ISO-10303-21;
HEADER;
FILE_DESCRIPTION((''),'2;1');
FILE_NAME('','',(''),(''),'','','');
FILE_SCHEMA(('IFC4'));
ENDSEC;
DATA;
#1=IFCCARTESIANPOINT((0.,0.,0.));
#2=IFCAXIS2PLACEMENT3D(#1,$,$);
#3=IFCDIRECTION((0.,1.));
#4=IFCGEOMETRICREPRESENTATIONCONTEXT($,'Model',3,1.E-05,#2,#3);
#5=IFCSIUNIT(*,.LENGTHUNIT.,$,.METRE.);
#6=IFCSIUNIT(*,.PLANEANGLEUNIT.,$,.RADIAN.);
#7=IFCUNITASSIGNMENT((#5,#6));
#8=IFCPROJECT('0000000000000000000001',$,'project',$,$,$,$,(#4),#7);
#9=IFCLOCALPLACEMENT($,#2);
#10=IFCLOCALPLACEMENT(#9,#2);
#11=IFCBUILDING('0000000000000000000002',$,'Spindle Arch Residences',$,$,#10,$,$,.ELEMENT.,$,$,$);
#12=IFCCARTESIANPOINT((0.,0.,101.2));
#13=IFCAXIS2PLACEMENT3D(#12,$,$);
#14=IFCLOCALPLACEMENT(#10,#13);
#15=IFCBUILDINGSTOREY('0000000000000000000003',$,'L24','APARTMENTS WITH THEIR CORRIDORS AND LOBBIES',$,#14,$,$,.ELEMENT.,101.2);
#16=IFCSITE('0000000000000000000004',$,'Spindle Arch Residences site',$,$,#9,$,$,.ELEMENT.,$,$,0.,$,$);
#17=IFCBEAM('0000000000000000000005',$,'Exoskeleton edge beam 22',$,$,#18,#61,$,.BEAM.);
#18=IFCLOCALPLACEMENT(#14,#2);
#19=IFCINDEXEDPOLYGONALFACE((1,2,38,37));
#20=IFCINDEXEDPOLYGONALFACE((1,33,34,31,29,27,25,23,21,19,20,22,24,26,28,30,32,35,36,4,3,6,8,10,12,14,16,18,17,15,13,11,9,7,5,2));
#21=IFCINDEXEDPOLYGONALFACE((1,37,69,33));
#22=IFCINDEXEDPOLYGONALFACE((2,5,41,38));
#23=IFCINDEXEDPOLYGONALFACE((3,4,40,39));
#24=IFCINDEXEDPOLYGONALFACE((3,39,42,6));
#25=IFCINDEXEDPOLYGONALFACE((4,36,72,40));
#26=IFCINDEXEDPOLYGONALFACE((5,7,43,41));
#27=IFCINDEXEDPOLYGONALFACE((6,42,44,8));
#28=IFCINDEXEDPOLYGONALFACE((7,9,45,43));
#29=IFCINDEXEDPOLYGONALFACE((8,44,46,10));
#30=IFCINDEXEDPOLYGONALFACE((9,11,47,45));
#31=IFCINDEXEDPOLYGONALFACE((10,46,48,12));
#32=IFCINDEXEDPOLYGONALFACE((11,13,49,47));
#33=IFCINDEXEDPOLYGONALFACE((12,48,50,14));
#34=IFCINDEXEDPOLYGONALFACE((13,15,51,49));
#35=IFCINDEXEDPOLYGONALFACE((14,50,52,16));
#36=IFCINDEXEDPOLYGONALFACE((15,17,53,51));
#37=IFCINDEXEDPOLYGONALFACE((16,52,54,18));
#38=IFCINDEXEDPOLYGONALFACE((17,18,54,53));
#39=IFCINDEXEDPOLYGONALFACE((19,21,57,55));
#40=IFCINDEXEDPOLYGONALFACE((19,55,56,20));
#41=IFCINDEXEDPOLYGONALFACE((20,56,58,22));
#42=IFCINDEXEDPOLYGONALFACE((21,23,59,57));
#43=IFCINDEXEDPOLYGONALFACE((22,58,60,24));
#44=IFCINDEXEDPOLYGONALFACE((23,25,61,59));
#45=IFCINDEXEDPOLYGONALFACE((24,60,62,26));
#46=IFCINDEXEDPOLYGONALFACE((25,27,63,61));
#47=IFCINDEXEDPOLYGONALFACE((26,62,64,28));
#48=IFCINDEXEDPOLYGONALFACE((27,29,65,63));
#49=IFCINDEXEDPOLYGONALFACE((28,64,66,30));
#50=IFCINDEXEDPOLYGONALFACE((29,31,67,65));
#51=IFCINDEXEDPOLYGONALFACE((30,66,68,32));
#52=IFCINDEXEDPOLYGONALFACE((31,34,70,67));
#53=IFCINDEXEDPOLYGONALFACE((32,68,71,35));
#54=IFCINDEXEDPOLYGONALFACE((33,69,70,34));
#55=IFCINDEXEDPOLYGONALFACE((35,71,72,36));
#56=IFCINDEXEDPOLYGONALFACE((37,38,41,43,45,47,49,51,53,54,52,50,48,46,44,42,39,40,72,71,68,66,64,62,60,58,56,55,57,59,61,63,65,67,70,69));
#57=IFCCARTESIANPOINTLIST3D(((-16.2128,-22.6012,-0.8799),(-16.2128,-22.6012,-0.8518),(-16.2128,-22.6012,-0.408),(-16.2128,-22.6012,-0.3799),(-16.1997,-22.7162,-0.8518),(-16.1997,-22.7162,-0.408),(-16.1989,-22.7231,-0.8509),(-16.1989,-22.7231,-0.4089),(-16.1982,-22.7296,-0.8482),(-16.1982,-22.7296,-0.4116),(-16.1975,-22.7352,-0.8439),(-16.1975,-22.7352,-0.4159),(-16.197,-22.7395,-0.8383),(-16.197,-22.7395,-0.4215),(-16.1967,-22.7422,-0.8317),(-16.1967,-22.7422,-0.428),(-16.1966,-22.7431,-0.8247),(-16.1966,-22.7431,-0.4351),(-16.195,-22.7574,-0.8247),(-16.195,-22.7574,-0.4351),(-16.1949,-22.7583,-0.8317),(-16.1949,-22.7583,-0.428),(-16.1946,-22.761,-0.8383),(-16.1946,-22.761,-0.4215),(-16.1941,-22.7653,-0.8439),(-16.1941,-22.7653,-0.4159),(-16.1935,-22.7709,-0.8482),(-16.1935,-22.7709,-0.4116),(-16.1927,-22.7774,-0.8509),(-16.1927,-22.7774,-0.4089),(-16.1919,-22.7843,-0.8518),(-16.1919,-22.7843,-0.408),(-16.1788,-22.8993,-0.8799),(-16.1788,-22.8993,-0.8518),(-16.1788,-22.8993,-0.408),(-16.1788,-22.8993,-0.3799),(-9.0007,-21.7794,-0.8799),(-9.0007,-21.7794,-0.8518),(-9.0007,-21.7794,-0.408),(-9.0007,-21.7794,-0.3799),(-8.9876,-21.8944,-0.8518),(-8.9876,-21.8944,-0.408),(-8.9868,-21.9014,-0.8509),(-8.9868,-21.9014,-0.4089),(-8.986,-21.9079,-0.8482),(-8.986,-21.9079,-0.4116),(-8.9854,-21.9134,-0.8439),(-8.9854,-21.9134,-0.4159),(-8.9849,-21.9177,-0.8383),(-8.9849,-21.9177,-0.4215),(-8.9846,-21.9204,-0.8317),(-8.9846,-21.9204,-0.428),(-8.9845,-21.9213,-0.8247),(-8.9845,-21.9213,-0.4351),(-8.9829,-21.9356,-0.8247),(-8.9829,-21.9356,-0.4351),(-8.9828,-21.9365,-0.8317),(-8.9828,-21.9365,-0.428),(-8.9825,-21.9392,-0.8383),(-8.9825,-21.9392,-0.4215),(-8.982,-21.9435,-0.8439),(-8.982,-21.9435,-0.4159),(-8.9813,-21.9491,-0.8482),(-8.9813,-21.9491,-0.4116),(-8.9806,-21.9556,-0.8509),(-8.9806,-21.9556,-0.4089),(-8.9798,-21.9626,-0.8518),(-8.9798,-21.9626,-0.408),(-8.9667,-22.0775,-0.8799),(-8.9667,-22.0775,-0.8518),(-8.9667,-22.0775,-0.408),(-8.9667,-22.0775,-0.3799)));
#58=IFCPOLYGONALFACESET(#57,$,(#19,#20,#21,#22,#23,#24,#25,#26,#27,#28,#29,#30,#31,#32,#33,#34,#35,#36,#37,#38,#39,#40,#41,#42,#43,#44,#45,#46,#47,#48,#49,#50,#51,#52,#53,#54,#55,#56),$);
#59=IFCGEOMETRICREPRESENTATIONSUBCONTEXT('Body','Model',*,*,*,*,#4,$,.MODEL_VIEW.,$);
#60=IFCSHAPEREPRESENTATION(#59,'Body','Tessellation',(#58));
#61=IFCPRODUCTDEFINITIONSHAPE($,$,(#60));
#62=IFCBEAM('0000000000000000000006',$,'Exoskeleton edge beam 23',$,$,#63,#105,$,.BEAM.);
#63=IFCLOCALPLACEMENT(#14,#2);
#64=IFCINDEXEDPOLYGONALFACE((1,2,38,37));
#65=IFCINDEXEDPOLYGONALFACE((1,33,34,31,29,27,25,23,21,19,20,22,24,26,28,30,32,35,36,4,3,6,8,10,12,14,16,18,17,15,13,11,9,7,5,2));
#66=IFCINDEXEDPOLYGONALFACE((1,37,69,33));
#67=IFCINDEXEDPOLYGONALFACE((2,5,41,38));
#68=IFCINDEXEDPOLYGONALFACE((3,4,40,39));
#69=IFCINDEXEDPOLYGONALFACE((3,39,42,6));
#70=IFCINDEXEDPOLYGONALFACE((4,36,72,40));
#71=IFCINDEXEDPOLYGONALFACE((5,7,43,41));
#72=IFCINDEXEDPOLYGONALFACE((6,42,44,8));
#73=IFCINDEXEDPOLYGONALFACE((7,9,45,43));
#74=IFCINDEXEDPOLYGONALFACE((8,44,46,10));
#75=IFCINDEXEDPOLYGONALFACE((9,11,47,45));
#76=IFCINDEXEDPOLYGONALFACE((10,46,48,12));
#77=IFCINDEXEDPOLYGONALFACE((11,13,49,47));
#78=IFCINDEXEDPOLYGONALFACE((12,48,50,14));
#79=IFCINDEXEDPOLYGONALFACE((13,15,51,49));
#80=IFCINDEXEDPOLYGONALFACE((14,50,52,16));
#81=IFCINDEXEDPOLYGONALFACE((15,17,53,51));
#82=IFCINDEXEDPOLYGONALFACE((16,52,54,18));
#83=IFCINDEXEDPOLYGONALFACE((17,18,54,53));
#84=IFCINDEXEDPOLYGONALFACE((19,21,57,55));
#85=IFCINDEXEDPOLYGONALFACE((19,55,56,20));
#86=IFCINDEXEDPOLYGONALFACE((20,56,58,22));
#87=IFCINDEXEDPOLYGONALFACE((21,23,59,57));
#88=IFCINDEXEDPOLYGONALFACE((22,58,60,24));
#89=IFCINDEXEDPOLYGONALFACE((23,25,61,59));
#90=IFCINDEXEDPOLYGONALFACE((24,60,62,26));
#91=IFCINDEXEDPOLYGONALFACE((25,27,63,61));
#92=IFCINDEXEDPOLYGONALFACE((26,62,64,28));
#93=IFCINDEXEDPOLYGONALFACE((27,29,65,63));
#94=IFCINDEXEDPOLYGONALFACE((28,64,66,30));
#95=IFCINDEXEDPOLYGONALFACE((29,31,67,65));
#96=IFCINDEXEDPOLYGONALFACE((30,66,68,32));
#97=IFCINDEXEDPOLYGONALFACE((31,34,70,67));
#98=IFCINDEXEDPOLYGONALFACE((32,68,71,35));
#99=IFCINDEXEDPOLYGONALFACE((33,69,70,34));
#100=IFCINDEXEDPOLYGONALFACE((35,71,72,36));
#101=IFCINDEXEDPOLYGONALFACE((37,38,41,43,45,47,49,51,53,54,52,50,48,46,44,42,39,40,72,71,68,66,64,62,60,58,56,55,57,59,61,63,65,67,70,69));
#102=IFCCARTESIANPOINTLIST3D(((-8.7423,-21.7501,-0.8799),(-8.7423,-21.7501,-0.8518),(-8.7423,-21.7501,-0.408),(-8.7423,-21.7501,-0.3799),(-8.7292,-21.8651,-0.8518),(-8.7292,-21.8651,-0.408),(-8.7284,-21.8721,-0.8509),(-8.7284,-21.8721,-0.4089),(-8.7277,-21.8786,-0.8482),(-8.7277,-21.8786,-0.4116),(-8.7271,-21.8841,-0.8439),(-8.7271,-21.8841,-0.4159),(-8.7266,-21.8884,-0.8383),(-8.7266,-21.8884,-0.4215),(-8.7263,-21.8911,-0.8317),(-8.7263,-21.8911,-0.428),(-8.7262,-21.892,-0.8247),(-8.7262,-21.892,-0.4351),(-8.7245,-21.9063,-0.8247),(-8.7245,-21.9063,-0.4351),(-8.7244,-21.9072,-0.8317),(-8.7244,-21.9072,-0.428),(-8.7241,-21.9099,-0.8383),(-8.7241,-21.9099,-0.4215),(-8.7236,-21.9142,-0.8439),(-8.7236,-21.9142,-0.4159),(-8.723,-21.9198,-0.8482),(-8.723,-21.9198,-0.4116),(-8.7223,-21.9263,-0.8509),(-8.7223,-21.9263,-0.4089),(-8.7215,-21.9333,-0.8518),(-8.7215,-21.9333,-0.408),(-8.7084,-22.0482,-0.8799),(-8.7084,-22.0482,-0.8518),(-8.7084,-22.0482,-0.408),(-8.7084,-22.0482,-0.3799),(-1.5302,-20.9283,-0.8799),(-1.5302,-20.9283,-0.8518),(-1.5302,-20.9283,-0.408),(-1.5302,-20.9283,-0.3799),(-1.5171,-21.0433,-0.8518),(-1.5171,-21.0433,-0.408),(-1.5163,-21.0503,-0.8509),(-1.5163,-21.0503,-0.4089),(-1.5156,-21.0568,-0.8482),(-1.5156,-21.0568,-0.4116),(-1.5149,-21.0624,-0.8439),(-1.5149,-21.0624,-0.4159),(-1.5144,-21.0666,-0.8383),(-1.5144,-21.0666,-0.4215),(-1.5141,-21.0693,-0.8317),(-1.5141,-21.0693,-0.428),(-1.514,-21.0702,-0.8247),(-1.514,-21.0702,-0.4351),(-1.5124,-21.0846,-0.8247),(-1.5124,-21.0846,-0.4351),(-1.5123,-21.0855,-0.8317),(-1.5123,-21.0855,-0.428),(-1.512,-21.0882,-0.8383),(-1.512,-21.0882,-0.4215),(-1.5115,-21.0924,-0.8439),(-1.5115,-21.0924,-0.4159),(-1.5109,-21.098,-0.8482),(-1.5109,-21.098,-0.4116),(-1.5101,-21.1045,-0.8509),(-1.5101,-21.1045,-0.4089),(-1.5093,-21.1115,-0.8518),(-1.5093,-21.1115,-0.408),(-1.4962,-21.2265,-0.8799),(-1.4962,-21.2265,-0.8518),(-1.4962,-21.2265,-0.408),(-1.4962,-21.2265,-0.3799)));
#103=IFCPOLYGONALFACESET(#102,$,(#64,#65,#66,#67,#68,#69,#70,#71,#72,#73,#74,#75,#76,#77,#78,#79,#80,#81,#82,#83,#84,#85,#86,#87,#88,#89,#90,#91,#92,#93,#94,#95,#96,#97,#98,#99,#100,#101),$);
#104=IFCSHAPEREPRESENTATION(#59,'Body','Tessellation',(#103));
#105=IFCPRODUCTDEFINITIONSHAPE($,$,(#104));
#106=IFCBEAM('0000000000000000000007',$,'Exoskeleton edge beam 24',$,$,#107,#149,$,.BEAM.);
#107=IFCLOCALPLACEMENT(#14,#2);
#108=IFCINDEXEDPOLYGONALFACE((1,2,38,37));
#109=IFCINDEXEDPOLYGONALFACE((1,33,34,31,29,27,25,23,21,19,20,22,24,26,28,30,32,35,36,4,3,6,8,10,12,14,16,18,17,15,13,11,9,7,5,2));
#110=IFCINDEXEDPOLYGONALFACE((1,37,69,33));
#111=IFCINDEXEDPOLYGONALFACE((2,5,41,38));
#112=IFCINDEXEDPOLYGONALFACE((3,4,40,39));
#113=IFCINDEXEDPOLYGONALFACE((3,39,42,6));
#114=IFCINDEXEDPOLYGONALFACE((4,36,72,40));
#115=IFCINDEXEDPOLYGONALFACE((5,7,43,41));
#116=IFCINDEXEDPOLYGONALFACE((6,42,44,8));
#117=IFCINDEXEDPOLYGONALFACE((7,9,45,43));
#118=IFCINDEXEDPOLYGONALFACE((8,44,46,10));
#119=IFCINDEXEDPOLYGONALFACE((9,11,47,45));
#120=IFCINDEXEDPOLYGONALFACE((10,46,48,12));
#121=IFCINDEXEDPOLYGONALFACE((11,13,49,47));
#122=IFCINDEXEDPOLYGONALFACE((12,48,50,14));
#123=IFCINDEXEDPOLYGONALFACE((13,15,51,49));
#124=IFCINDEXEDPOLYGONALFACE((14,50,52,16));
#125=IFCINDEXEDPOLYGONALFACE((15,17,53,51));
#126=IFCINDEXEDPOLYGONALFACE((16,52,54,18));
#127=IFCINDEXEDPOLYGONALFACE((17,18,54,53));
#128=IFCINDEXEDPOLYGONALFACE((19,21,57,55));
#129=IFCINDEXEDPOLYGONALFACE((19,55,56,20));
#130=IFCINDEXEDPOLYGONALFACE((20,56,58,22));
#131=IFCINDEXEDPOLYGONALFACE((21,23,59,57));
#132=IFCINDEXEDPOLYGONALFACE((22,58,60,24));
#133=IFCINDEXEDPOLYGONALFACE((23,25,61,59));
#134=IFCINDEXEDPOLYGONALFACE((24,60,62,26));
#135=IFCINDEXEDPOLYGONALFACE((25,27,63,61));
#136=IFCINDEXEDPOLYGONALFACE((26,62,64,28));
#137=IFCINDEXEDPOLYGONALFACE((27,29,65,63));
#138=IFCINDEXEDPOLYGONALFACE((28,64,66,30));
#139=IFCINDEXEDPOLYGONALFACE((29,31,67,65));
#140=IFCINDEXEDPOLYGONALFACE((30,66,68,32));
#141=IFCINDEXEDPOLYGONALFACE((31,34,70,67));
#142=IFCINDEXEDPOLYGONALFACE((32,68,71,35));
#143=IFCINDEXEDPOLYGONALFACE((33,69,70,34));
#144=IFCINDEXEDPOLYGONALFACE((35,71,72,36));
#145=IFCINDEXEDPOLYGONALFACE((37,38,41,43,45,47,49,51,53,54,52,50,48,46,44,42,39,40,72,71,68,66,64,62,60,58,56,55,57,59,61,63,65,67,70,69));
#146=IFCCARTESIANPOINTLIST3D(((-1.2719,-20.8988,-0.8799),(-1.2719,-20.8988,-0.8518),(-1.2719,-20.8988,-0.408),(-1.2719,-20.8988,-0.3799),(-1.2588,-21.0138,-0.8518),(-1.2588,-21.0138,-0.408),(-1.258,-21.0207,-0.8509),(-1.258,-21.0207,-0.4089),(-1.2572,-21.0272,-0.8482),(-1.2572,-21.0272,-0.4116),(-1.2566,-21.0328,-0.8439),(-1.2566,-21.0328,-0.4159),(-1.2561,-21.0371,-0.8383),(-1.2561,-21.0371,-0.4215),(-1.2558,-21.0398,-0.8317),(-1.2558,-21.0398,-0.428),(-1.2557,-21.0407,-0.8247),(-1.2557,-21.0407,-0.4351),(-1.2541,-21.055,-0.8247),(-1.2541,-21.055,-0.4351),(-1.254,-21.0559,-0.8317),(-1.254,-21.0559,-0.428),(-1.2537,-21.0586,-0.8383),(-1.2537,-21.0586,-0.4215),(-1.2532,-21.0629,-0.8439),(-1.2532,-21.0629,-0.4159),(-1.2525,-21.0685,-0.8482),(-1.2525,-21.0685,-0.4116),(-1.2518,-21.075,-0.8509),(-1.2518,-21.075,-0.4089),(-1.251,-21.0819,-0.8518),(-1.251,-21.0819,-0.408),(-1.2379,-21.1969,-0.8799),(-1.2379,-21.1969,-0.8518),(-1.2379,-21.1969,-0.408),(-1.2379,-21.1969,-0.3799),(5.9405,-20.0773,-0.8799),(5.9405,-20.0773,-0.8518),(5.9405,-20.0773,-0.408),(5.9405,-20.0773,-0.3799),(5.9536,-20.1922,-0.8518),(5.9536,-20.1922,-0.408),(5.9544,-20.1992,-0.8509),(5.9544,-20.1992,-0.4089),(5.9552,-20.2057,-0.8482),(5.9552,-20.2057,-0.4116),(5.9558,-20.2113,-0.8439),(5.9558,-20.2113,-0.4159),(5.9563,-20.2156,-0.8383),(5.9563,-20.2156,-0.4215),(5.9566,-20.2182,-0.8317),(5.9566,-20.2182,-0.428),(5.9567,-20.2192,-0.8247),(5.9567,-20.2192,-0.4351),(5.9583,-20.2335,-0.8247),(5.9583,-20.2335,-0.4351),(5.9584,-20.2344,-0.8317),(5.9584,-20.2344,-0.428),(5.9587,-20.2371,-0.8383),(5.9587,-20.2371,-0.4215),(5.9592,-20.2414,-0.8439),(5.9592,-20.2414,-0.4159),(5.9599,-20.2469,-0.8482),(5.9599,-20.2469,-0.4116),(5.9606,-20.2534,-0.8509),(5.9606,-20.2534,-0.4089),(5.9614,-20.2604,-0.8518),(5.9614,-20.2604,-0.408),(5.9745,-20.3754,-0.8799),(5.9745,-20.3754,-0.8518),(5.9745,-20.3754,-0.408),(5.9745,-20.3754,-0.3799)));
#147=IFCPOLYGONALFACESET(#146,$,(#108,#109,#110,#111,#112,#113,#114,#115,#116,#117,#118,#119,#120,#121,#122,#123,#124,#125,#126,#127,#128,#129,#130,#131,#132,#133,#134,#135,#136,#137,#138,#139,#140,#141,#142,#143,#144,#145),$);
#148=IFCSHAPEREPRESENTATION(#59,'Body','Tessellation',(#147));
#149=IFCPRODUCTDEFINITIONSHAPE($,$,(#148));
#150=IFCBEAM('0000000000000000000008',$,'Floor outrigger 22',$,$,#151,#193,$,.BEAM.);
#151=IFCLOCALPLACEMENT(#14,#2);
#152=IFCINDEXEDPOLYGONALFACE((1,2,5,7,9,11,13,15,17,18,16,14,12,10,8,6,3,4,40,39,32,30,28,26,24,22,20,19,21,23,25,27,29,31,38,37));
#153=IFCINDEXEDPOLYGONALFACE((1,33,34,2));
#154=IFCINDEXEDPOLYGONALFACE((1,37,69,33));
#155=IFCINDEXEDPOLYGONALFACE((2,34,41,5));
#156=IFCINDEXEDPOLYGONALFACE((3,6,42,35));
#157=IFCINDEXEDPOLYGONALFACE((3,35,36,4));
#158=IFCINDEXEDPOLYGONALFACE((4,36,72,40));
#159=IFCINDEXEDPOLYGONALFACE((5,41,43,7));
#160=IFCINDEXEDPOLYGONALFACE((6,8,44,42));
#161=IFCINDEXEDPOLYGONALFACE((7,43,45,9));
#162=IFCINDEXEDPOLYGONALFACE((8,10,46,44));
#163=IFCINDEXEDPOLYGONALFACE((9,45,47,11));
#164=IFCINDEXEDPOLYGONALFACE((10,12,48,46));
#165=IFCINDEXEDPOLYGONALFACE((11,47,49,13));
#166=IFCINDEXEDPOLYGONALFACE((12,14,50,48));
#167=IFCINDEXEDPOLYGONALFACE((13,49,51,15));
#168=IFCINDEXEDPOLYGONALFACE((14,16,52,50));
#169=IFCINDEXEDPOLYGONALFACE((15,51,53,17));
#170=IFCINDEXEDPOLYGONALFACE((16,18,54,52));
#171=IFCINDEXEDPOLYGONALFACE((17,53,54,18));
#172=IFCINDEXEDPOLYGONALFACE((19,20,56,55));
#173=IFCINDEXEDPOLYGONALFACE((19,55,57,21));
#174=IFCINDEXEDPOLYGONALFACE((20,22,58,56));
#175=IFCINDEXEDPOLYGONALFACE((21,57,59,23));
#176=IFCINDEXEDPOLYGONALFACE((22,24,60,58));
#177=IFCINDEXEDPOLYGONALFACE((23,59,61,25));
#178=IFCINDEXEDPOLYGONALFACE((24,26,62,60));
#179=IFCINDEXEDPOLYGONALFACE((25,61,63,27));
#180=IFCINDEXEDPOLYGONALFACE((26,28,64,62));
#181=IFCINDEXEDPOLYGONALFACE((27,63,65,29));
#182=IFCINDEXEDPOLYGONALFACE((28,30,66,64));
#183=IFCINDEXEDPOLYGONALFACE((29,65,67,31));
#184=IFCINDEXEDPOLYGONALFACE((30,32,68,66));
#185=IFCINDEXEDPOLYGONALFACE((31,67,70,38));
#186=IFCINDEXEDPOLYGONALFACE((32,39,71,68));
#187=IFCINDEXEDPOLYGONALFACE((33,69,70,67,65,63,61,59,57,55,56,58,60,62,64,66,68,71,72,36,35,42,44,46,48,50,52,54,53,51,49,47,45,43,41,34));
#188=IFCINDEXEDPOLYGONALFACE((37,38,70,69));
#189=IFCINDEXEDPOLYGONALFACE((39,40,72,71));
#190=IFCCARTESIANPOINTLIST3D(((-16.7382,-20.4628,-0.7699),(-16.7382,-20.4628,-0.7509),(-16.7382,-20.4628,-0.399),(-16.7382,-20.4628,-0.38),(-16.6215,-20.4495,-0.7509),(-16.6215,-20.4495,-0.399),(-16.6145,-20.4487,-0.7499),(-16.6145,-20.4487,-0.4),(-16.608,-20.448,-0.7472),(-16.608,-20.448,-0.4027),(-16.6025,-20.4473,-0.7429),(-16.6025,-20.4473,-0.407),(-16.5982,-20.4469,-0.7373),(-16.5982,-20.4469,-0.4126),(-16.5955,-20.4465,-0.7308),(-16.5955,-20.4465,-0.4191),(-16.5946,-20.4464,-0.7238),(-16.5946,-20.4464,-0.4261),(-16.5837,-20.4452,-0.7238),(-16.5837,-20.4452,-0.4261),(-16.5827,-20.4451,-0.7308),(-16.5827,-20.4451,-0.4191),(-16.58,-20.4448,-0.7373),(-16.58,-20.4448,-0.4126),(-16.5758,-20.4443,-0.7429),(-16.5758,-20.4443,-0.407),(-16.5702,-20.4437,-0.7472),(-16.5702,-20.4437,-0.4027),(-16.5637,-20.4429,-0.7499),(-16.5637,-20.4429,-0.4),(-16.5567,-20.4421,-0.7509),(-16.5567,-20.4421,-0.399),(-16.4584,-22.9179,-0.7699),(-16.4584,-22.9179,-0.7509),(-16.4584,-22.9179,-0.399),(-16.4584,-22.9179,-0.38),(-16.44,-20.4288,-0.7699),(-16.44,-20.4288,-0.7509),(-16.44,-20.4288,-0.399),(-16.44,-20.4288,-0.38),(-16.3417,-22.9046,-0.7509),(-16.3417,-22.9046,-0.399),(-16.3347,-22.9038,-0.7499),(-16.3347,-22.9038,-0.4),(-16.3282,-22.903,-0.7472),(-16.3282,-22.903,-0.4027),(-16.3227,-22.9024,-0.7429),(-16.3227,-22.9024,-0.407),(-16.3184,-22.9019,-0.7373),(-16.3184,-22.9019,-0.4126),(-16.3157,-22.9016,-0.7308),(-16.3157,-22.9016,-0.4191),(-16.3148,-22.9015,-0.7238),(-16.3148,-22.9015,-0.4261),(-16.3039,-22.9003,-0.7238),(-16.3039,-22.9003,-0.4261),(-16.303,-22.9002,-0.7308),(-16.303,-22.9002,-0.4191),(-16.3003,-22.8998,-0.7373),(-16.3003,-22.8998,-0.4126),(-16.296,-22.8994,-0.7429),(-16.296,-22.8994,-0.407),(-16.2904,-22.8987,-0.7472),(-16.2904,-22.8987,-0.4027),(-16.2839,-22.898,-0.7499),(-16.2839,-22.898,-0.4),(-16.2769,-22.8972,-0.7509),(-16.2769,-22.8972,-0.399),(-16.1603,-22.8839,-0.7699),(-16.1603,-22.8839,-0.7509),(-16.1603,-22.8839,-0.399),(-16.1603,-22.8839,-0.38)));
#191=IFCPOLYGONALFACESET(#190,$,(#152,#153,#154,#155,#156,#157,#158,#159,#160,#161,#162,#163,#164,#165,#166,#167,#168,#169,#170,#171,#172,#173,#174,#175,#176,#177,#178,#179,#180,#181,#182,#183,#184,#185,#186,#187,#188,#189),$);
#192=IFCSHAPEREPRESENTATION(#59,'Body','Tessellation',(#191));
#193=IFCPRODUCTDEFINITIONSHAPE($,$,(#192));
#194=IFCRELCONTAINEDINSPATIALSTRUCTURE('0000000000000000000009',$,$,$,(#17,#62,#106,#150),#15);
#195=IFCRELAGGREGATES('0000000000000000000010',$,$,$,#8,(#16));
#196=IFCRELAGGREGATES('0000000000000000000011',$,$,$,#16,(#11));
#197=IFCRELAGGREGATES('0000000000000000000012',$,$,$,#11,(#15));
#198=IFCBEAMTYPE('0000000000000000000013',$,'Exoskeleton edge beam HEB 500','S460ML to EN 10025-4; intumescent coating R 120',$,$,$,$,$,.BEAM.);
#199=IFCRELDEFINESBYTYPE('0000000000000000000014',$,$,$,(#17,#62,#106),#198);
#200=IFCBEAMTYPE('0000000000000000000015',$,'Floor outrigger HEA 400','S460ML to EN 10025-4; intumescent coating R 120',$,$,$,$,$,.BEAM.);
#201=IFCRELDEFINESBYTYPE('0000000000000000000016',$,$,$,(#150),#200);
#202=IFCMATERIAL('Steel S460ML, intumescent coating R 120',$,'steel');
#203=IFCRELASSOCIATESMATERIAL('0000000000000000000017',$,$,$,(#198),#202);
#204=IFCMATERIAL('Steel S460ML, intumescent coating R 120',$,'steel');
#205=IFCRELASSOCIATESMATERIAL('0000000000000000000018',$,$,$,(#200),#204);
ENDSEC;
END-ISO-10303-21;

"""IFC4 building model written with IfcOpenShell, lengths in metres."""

from ifc_helpers import new_model, si_unit, direction, frame, origin, origin_2d, place, context, subcontext, project, spatial, i_section, extrude, material, material_profile, profile_set, type_object, element, save


model = new_model("IFC4")

# Units and contexts
model_context = context("Model", 3, precision=1e-05, world=origin(), true_north=direction((0.0, 1.0)))
body_context = subcontext(model_context, "Body", "Model", "MODEL_VIEW")
ifc_project = project(units=[si_unit("LENGTHUNIT", "METRE"), si_unit("PLANEANGLEUNIT", "RADIAN")], contexts=[model_context])

# Site, building, storey
site_placement = place(None, origin())
site = spatial("IfcSite", under=ifc_project, at=site_placement, Name="Spindle Arch Residences site", CompositionType="ELEMENT", RefElevation=0.0)
building_placement = place(site_placement, origin())
building = spatial("IfcBuilding", under=site, at=building_placement, Name="Spindle Arch Residences", CompositionType="ELEMENT")
storey_placement = place(building_placement, frame((0.0, 0.0, 101.2)))
storey = spatial("IfcBuildingStorey", under=building, at=storey_placement, Name="L24", Description="APARTMENTS WITH THEIR CORRIDORS AND LOBBIES", CompositionType="ELEMENT", Elevation=101.2)

# Beams
ifc_material_1 = material(Name="Steel S460ML, intumescent coating R 120", Category="steel")
ifc_material_profile_1 = material_profile(ifc_material_1, i_section(OverallWidth=0.3, OverallDepth=0.5, WebThickness=0.0144, FlangeThickness=0.0281, FilletRadius=0.0271, at=origin_2d()), Name="HEB 500")
ifc_profile_set_1 = profile_set([ifc_material_profile_1], Name="Steel S460ML, intumescent coating R 120")
beam_type_1 = type_object("IfcBeamType", Name="Exoskeleton edge beam HEB 500", Description="S460ML to EN 10025-4; intumescent coating R 120", PredefinedType="BEAM", material=ifc_profile_set_1)
for number, where, z_axis, x_axis, name in (
    (1, (-16.1958, -22.7502, -0.6299), (0.993571, 0.113211, 0.0), (-0.113211, 0.993571, 0.0), "Exoskeleton edge beam 22"),
    (2, (-8.7253, -21.8992, -0.6299), (0.993571, 0.113211, 0.0), (-0.113211, 0.993571, 0.0), "Exoskeleton edge beam 23"),
):
    element("IfcBeam", number, at=place(storey_placement, frame(where, z_axis=z_axis, x_axis=x_axis)), inside=storey, type_object=beam_type_1, Name=name, PredefinedType="BEAM", context=body_context, shape_type="SweptSolid", body=[
        extrude(i_section(OverallWidth=0.3, OverallDepth=0.5, WebThickness=0.0144, FlangeThickness=0.0281, FilletRadius=0.0271, at=origin_2d()), origin(), (0.0, 0.0, 1.0), 7.2588),
    ])
beam_1_placement = place(storey_placement, frame((-1.2549, -21.0479, -0.6299), z_axis=(0.993575, 0.113174, 0.0), x_axis=(-0.113174, 0.993575, 0.0)))
element("IfcBeam", 3, at=beam_1_placement, inside=storey, type_object=beam_type_1, Name="Exoskeleton edge beam 24", PredefinedType="BEAM", context=body_context, shape_type="SweptSolid", body=[
    extrude(i_section(OverallWidth=0.3, OverallDepth=0.5, WebThickness=0.0144, FlangeThickness=0.0281, FilletRadius=0.0271, at=origin_2d()), origin(), (0.0, 0.0, 1.0), 7.259),
])
ifc_material_2 = material(Name="Steel S460ML, intumescent coating R 120", Category="steel")
ifc_material_profile_2 = material_profile(ifc_material_2, i_section(OverallWidth=0.3, OverallDepth=0.3899, WebThickness=0.011, FlangeThickness=0.019, FilletRadius=0.0271, at=origin_2d()), Name="HEA 400")
ifc_profile_set_2 = profile_set([ifc_material_profile_2], Name="Steel S460ML, intumescent coating R 120")
beam_type_2 = type_object("IfcBeamType", Name="Floor outrigger HEA 400", Description="S460ML to EN 10025-4; intumescent coating R 120", PredefinedType="BEAM", material=ifc_profile_set_2)
beam_2_placement = place(storey_placement, frame((-16.3093, -22.9009, -0.575), z_axis=(-0.113229, 0.993569, 0.0), x_axis=(-0.993569, -0.113229, 0.0)))
element("IfcBeam", 4, at=beam_2_placement, inside=storey, type_object=beam_type_2, Name="Floor outrigger 22", PredefinedType="BEAM", context=body_context, shape_type="SweptSolid", body=[
    extrude(i_section(OverallWidth=0.3, OverallDepth=0.3899, WebThickness=0.011, FlangeThickness=0.019, FilletRadius=0.0271, at=origin_2d()), origin(), (0.0, 0.0, 1.0), 2.4709),
])

save(model, "model.ifc")
